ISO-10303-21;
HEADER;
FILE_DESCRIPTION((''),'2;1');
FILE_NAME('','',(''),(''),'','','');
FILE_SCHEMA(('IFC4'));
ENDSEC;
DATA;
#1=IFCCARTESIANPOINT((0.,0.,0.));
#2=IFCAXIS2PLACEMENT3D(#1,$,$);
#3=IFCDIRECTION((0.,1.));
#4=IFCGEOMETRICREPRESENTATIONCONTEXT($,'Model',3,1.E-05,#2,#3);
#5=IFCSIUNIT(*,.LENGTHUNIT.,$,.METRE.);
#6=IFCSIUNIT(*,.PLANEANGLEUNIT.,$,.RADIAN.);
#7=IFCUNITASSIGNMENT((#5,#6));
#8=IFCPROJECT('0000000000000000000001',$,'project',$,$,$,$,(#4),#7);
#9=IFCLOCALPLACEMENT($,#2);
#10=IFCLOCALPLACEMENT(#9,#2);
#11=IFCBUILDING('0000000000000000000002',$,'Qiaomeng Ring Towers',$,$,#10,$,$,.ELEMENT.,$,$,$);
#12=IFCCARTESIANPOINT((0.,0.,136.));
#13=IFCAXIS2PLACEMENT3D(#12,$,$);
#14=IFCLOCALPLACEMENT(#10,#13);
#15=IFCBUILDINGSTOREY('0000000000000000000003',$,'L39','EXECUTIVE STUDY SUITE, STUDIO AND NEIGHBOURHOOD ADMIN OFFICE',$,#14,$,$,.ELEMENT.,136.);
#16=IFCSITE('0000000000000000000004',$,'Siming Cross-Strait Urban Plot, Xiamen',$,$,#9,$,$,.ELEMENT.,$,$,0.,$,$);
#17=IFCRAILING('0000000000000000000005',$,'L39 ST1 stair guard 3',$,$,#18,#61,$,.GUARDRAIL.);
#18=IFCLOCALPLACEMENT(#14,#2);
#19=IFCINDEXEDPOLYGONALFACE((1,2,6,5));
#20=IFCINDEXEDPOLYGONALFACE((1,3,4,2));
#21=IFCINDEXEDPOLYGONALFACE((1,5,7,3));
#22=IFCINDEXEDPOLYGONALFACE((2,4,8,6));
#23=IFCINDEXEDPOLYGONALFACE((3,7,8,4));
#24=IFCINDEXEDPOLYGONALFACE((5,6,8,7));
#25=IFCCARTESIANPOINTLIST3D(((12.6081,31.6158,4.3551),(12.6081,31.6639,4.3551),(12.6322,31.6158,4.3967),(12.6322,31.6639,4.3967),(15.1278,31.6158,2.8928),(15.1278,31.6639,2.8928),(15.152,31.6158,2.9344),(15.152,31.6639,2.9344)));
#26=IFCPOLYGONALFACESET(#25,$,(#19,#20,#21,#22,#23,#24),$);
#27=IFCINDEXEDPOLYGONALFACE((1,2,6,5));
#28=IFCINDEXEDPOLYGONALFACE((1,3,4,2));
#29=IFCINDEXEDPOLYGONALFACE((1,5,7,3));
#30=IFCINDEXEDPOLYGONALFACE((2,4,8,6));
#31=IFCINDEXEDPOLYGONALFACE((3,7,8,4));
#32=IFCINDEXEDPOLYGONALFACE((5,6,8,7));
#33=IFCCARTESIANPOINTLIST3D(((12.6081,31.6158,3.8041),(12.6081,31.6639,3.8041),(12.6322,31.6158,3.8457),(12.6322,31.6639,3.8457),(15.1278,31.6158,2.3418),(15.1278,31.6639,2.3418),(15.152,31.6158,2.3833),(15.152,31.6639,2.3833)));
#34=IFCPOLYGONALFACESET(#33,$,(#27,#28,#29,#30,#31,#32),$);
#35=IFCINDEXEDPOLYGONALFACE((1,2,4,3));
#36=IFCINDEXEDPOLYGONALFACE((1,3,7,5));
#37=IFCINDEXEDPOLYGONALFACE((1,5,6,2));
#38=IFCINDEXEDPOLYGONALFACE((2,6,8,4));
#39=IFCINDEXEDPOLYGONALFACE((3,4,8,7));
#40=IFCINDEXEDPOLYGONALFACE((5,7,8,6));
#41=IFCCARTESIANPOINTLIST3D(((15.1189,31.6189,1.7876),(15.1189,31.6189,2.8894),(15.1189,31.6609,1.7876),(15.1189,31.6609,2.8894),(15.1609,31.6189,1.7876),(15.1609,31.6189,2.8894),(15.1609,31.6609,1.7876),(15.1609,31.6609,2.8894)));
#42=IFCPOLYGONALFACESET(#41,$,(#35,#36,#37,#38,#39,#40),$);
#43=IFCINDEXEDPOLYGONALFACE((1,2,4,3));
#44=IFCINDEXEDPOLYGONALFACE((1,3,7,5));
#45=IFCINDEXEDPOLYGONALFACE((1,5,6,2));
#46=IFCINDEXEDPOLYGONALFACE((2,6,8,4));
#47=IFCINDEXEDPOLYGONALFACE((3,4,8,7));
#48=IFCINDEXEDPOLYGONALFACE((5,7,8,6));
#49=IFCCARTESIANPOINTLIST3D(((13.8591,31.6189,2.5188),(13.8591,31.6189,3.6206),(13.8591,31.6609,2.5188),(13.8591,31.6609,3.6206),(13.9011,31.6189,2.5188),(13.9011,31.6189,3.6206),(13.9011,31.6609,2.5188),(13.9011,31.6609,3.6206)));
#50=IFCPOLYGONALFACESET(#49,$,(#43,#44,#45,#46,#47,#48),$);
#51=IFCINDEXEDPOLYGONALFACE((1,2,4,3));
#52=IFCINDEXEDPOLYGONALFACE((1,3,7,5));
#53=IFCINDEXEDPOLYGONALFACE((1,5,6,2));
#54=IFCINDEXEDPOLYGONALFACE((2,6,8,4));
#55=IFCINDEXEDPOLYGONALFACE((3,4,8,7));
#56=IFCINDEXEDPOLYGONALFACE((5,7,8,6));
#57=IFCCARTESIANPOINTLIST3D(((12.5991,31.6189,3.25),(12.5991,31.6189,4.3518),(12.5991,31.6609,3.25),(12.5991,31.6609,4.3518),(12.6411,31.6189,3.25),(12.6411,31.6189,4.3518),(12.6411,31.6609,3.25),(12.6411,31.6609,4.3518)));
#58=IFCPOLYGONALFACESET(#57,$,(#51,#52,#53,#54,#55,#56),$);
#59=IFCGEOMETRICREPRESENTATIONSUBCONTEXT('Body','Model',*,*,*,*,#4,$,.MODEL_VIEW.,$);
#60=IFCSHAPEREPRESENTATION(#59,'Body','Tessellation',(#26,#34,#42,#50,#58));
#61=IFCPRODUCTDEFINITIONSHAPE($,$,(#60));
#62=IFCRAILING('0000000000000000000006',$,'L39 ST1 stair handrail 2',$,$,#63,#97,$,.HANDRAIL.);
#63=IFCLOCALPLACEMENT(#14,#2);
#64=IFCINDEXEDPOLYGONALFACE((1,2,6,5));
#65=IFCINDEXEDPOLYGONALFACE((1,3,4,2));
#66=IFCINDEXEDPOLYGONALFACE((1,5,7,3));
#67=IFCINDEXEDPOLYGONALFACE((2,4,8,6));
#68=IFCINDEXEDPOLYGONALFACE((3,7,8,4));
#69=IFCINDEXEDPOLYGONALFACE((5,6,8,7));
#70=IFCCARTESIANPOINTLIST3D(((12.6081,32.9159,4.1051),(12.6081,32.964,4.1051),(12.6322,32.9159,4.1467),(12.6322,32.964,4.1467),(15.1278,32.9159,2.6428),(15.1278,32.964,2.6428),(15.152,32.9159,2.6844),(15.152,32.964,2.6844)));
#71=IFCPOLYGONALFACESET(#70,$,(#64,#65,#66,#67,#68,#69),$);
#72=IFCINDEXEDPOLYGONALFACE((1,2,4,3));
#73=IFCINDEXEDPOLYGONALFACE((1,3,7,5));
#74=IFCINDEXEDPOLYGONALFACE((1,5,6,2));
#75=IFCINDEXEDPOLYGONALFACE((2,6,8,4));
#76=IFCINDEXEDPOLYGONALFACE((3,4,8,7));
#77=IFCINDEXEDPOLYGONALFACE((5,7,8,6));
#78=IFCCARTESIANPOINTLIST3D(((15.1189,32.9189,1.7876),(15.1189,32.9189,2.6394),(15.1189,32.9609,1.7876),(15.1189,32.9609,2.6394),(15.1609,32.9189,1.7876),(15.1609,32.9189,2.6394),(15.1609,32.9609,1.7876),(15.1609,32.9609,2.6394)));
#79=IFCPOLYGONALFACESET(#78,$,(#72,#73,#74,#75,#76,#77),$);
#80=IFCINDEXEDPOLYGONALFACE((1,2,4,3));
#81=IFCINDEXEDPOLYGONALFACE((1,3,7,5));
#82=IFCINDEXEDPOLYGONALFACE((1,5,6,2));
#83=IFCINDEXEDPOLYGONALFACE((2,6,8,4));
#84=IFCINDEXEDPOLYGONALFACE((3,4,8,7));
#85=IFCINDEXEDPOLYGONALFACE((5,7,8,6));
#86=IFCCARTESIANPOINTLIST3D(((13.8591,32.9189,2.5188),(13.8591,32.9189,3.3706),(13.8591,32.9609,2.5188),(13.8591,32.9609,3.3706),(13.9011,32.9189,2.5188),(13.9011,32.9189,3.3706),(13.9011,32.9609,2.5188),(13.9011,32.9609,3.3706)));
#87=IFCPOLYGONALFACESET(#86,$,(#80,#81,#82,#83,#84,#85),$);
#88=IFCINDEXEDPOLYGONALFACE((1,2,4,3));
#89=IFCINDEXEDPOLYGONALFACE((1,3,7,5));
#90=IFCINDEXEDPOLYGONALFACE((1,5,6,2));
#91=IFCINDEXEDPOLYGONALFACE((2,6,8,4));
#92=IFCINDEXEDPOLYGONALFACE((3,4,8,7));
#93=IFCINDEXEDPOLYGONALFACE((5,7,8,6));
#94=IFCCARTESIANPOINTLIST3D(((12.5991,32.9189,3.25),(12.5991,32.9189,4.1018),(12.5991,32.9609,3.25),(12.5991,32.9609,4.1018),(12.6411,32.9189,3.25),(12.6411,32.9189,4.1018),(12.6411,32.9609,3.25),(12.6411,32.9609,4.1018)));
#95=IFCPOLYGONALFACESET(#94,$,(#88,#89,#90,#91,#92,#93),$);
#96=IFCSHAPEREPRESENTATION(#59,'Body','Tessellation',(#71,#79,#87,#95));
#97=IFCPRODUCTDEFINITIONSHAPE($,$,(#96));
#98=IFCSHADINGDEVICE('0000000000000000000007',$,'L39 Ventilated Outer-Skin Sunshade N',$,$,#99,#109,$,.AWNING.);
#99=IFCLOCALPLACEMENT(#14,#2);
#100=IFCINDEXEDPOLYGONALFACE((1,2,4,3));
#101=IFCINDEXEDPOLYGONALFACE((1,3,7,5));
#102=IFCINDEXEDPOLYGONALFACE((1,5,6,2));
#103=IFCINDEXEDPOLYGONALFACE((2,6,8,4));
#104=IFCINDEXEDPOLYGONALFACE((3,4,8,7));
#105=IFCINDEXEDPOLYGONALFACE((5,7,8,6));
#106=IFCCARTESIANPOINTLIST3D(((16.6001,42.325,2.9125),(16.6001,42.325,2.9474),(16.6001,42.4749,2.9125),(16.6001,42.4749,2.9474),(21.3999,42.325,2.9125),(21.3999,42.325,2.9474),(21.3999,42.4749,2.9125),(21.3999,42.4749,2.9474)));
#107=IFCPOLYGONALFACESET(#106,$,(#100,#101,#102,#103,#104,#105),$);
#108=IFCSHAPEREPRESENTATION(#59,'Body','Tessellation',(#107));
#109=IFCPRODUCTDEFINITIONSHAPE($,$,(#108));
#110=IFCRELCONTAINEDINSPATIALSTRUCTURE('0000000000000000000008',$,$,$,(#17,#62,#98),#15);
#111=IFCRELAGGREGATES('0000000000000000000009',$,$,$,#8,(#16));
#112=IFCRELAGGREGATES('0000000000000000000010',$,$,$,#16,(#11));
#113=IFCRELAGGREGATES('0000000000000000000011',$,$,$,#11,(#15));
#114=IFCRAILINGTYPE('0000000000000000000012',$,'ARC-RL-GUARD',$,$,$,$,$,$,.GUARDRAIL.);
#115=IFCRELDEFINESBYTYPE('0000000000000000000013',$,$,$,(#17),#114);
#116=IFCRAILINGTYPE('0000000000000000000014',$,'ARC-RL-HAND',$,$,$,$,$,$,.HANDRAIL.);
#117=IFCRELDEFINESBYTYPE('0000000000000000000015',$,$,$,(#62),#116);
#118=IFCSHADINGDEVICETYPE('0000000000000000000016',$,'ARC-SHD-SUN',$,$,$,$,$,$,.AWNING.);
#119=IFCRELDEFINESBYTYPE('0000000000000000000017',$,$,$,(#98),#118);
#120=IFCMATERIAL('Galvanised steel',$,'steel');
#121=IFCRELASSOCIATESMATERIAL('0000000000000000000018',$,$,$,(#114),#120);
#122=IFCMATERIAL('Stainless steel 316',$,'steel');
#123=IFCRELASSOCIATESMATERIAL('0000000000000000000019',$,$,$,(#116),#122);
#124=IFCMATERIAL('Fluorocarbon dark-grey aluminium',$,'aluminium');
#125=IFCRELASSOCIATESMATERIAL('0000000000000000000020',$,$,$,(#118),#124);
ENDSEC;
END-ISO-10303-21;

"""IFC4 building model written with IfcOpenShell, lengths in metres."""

from ifc_helpers import new_model, si_unit, direction, frame, origin, origin_2d, place, context, subcontext, project, spatial, rectangle, extrude, source, transform, mapped, material, material_profile, profile_set, type_object, element, save


model = new_model("IFC4")

# Units and contexts
model_context = context("Model", 3, precision=1e-05, world=origin(), true_north=direction((0.0, 1.0)))
body_context = subcontext(model_context, "Body", "Model", "MODEL_VIEW")
ifc_project = project(units=[si_unit("LENGTHUNIT", "METRE"), si_unit("PLANEANGLEUNIT", "RADIAN")], contexts=[model_context])

# Site, building, storey
site_placement = place(None, origin())
site = spatial("IfcSite", under=ifc_project, at=site_placement, Name="Siming Cross-Strait Urban Plot, Xiamen", CompositionType="ELEMENT", RefElevation=0.0)
building_placement = place(site_placement, origin())
building = spatial("IfcBuilding", under=site, at=building_placement, Name="Qiaomeng Ring Towers", CompositionType="ELEMENT")
storey_placement = place(building_placement, frame((0.0, 0.0, 136.0)))
storey = spatial("IfcBuildingStorey", under=building, at=storey_placement, Name="L39", Description="EXECUTIVE STUDY SUITE, STUDIO AND NEIGHBOURHOOD ADMIN OFFICE", CompositionType="ELEMENT", Elevation=136.0)

# Shared definitions
ifc_material_1 = material(Name="Galvanised steel", Category="steel")

# Shared definitions
ifc_material_2 = material(Name="Stainless steel 316", Category="steel")

# Railings
railing_type_1 = type_object("IfcRailingType", Name="ARC-RL-GUARD", PredefinedType="GUARDRAIL", material=ifc_material_1)
railing_1_placement = place(storey_placement, frame((15.1399, 31.6399, 1.7876)))
element("IfcRailing", 1, at=railing_1_placement, inside=storey, type_object=railing_type_1, Name="L39 ST1 stair guard 3", PredefinedType="GUARDRAIL", context=body_context, shape_type="SweptSolid", body=[
    extrude(rectangle(XDim=0.0481, YDim=0.0481, at=origin_2d()), frame((0.0, 0.0, 1.126), z_axis=(-0.864892, 0.0, 0.501958), x_axis=(0.0, -1.0, 0.0)), (0.0, 0.0, 1.0), 2.9133),
    extrude(rectangle(XDim=0.0481, YDim=0.0481, at=origin_2d()), frame((0.0, 0.0, 0.575), z_axis=(-0.864892, 0.0, 0.501958), x_axis=(0.0, -1.0, 0.0)), (0.0, 0.0, 1.0), 2.9133),
    extrude(rectangle(XDim=0.042, YDim=0.042, at=origin_2d()), origin(), (0.0, 0.0, 1.0), 1.1018),
    extrude(rectangle(XDim=0.042, YDim=0.042, at=origin_2d()), frame((-1.2598, 0.0, 0.7312)), (0.0, 0.0, 1.0), 1.1018),
    extrude(rectangle(XDim=0.042, YDim=0.042, at=origin_2d()), frame((-2.5198, 0.0, 1.4624)), (0.0, 0.0, 1.0), 1.1018),
])
railing_type_2 = type_object("IfcRailingType", Name="ARC-RL-HAND", PredefinedType="HANDRAIL", material=ifc_material_2)
railing_2_placement = place(storey_placement, frame((15.1399, 32.9399, 1.7876)))
element("IfcRailing", 2, at=railing_2_placement, inside=storey, type_object=railing_type_2, Name="L39 ST1 stair handrail 2", PredefinedType="HANDRAIL", context=body_context, shape_type="SweptSolid", body=[
    extrude(rectangle(XDim=0.0481, YDim=0.0481, at=origin_2d()), frame((0.0, 0.0, 0.876), z_axis=(-0.864892, 0.0, 0.501958), x_axis=(0.0, -1.0, 0.0)), (0.0, 0.0, 1.0), 2.9133),
    extrude(rectangle(XDim=0.042, YDim=0.042, at=origin_2d()), origin(), (0.0, 0.0, 1.0), 0.8518),
    extrude(rectangle(XDim=0.042, YDim=0.042, at=origin_2d()), frame((-1.2598, 0.0, 0.7312)), (0.0, 0.0, 1.0), 0.8518),
    extrude(rectangle(XDim=0.042, YDim=0.042, at=origin_2d()), frame((-2.5198, 0.0, 1.4624)), (0.0, 0.0, 1.0), 0.8518),
])

# Shading device
ifc_material_3 = material(Name="Fluorocarbon dark-grey aluminium", Category="aluminium")
ifc_material_profile_1 = material_profile(ifc_material_3, rectangle(XDim=0.1499, YDim=0.0349, at=origin_2d()), Name="LV BLADE 150x35")
ifc_profile_set_1 = profile_set([ifc_material_profile_1], Name="Fluorocarbon dark-grey aluminium")
shading_device_type = type_object("IfcShadingDeviceType", Name="ARC-SHD-SUN", PredefinedType="AWNING", material=ifc_profile_set_1)
shared_shape_1 = source(origin(), body_context, "Body", "SweptSolid", [
    extrude(rectangle(XDim=0.1499, YDim=0.0349, at=origin_2d()), origin(), (0.0, 0.0, 1.0), 4.7998),
])
shading_device_placement = place(storey_placement, frame((16.6001, 42.3999, 2.9299), z_axis=(1.0, 0.0, 0.0), x_axis=(0.0, 1.0, 0.0)))
element("IfcShadingDevice", 3, at=shading_device_placement, inside=storey, type_object=shading_device_type, Name="L39 Ventilated Outer-Skin Sunshade N", PredefinedType="AWNING", context=body_context, shape_type="MappedRepresentation", body=[
    mapped(shared_shape_1, transform((0.0, 0.0, 0.0), x_axis=(1.0, 0.0, 0.0), y_axis=(0.0, 1.0, 0.0), z_axis=(0.0, 0.0, 1.0), scale=1.0)),
])

save(model, "model.ifc")
